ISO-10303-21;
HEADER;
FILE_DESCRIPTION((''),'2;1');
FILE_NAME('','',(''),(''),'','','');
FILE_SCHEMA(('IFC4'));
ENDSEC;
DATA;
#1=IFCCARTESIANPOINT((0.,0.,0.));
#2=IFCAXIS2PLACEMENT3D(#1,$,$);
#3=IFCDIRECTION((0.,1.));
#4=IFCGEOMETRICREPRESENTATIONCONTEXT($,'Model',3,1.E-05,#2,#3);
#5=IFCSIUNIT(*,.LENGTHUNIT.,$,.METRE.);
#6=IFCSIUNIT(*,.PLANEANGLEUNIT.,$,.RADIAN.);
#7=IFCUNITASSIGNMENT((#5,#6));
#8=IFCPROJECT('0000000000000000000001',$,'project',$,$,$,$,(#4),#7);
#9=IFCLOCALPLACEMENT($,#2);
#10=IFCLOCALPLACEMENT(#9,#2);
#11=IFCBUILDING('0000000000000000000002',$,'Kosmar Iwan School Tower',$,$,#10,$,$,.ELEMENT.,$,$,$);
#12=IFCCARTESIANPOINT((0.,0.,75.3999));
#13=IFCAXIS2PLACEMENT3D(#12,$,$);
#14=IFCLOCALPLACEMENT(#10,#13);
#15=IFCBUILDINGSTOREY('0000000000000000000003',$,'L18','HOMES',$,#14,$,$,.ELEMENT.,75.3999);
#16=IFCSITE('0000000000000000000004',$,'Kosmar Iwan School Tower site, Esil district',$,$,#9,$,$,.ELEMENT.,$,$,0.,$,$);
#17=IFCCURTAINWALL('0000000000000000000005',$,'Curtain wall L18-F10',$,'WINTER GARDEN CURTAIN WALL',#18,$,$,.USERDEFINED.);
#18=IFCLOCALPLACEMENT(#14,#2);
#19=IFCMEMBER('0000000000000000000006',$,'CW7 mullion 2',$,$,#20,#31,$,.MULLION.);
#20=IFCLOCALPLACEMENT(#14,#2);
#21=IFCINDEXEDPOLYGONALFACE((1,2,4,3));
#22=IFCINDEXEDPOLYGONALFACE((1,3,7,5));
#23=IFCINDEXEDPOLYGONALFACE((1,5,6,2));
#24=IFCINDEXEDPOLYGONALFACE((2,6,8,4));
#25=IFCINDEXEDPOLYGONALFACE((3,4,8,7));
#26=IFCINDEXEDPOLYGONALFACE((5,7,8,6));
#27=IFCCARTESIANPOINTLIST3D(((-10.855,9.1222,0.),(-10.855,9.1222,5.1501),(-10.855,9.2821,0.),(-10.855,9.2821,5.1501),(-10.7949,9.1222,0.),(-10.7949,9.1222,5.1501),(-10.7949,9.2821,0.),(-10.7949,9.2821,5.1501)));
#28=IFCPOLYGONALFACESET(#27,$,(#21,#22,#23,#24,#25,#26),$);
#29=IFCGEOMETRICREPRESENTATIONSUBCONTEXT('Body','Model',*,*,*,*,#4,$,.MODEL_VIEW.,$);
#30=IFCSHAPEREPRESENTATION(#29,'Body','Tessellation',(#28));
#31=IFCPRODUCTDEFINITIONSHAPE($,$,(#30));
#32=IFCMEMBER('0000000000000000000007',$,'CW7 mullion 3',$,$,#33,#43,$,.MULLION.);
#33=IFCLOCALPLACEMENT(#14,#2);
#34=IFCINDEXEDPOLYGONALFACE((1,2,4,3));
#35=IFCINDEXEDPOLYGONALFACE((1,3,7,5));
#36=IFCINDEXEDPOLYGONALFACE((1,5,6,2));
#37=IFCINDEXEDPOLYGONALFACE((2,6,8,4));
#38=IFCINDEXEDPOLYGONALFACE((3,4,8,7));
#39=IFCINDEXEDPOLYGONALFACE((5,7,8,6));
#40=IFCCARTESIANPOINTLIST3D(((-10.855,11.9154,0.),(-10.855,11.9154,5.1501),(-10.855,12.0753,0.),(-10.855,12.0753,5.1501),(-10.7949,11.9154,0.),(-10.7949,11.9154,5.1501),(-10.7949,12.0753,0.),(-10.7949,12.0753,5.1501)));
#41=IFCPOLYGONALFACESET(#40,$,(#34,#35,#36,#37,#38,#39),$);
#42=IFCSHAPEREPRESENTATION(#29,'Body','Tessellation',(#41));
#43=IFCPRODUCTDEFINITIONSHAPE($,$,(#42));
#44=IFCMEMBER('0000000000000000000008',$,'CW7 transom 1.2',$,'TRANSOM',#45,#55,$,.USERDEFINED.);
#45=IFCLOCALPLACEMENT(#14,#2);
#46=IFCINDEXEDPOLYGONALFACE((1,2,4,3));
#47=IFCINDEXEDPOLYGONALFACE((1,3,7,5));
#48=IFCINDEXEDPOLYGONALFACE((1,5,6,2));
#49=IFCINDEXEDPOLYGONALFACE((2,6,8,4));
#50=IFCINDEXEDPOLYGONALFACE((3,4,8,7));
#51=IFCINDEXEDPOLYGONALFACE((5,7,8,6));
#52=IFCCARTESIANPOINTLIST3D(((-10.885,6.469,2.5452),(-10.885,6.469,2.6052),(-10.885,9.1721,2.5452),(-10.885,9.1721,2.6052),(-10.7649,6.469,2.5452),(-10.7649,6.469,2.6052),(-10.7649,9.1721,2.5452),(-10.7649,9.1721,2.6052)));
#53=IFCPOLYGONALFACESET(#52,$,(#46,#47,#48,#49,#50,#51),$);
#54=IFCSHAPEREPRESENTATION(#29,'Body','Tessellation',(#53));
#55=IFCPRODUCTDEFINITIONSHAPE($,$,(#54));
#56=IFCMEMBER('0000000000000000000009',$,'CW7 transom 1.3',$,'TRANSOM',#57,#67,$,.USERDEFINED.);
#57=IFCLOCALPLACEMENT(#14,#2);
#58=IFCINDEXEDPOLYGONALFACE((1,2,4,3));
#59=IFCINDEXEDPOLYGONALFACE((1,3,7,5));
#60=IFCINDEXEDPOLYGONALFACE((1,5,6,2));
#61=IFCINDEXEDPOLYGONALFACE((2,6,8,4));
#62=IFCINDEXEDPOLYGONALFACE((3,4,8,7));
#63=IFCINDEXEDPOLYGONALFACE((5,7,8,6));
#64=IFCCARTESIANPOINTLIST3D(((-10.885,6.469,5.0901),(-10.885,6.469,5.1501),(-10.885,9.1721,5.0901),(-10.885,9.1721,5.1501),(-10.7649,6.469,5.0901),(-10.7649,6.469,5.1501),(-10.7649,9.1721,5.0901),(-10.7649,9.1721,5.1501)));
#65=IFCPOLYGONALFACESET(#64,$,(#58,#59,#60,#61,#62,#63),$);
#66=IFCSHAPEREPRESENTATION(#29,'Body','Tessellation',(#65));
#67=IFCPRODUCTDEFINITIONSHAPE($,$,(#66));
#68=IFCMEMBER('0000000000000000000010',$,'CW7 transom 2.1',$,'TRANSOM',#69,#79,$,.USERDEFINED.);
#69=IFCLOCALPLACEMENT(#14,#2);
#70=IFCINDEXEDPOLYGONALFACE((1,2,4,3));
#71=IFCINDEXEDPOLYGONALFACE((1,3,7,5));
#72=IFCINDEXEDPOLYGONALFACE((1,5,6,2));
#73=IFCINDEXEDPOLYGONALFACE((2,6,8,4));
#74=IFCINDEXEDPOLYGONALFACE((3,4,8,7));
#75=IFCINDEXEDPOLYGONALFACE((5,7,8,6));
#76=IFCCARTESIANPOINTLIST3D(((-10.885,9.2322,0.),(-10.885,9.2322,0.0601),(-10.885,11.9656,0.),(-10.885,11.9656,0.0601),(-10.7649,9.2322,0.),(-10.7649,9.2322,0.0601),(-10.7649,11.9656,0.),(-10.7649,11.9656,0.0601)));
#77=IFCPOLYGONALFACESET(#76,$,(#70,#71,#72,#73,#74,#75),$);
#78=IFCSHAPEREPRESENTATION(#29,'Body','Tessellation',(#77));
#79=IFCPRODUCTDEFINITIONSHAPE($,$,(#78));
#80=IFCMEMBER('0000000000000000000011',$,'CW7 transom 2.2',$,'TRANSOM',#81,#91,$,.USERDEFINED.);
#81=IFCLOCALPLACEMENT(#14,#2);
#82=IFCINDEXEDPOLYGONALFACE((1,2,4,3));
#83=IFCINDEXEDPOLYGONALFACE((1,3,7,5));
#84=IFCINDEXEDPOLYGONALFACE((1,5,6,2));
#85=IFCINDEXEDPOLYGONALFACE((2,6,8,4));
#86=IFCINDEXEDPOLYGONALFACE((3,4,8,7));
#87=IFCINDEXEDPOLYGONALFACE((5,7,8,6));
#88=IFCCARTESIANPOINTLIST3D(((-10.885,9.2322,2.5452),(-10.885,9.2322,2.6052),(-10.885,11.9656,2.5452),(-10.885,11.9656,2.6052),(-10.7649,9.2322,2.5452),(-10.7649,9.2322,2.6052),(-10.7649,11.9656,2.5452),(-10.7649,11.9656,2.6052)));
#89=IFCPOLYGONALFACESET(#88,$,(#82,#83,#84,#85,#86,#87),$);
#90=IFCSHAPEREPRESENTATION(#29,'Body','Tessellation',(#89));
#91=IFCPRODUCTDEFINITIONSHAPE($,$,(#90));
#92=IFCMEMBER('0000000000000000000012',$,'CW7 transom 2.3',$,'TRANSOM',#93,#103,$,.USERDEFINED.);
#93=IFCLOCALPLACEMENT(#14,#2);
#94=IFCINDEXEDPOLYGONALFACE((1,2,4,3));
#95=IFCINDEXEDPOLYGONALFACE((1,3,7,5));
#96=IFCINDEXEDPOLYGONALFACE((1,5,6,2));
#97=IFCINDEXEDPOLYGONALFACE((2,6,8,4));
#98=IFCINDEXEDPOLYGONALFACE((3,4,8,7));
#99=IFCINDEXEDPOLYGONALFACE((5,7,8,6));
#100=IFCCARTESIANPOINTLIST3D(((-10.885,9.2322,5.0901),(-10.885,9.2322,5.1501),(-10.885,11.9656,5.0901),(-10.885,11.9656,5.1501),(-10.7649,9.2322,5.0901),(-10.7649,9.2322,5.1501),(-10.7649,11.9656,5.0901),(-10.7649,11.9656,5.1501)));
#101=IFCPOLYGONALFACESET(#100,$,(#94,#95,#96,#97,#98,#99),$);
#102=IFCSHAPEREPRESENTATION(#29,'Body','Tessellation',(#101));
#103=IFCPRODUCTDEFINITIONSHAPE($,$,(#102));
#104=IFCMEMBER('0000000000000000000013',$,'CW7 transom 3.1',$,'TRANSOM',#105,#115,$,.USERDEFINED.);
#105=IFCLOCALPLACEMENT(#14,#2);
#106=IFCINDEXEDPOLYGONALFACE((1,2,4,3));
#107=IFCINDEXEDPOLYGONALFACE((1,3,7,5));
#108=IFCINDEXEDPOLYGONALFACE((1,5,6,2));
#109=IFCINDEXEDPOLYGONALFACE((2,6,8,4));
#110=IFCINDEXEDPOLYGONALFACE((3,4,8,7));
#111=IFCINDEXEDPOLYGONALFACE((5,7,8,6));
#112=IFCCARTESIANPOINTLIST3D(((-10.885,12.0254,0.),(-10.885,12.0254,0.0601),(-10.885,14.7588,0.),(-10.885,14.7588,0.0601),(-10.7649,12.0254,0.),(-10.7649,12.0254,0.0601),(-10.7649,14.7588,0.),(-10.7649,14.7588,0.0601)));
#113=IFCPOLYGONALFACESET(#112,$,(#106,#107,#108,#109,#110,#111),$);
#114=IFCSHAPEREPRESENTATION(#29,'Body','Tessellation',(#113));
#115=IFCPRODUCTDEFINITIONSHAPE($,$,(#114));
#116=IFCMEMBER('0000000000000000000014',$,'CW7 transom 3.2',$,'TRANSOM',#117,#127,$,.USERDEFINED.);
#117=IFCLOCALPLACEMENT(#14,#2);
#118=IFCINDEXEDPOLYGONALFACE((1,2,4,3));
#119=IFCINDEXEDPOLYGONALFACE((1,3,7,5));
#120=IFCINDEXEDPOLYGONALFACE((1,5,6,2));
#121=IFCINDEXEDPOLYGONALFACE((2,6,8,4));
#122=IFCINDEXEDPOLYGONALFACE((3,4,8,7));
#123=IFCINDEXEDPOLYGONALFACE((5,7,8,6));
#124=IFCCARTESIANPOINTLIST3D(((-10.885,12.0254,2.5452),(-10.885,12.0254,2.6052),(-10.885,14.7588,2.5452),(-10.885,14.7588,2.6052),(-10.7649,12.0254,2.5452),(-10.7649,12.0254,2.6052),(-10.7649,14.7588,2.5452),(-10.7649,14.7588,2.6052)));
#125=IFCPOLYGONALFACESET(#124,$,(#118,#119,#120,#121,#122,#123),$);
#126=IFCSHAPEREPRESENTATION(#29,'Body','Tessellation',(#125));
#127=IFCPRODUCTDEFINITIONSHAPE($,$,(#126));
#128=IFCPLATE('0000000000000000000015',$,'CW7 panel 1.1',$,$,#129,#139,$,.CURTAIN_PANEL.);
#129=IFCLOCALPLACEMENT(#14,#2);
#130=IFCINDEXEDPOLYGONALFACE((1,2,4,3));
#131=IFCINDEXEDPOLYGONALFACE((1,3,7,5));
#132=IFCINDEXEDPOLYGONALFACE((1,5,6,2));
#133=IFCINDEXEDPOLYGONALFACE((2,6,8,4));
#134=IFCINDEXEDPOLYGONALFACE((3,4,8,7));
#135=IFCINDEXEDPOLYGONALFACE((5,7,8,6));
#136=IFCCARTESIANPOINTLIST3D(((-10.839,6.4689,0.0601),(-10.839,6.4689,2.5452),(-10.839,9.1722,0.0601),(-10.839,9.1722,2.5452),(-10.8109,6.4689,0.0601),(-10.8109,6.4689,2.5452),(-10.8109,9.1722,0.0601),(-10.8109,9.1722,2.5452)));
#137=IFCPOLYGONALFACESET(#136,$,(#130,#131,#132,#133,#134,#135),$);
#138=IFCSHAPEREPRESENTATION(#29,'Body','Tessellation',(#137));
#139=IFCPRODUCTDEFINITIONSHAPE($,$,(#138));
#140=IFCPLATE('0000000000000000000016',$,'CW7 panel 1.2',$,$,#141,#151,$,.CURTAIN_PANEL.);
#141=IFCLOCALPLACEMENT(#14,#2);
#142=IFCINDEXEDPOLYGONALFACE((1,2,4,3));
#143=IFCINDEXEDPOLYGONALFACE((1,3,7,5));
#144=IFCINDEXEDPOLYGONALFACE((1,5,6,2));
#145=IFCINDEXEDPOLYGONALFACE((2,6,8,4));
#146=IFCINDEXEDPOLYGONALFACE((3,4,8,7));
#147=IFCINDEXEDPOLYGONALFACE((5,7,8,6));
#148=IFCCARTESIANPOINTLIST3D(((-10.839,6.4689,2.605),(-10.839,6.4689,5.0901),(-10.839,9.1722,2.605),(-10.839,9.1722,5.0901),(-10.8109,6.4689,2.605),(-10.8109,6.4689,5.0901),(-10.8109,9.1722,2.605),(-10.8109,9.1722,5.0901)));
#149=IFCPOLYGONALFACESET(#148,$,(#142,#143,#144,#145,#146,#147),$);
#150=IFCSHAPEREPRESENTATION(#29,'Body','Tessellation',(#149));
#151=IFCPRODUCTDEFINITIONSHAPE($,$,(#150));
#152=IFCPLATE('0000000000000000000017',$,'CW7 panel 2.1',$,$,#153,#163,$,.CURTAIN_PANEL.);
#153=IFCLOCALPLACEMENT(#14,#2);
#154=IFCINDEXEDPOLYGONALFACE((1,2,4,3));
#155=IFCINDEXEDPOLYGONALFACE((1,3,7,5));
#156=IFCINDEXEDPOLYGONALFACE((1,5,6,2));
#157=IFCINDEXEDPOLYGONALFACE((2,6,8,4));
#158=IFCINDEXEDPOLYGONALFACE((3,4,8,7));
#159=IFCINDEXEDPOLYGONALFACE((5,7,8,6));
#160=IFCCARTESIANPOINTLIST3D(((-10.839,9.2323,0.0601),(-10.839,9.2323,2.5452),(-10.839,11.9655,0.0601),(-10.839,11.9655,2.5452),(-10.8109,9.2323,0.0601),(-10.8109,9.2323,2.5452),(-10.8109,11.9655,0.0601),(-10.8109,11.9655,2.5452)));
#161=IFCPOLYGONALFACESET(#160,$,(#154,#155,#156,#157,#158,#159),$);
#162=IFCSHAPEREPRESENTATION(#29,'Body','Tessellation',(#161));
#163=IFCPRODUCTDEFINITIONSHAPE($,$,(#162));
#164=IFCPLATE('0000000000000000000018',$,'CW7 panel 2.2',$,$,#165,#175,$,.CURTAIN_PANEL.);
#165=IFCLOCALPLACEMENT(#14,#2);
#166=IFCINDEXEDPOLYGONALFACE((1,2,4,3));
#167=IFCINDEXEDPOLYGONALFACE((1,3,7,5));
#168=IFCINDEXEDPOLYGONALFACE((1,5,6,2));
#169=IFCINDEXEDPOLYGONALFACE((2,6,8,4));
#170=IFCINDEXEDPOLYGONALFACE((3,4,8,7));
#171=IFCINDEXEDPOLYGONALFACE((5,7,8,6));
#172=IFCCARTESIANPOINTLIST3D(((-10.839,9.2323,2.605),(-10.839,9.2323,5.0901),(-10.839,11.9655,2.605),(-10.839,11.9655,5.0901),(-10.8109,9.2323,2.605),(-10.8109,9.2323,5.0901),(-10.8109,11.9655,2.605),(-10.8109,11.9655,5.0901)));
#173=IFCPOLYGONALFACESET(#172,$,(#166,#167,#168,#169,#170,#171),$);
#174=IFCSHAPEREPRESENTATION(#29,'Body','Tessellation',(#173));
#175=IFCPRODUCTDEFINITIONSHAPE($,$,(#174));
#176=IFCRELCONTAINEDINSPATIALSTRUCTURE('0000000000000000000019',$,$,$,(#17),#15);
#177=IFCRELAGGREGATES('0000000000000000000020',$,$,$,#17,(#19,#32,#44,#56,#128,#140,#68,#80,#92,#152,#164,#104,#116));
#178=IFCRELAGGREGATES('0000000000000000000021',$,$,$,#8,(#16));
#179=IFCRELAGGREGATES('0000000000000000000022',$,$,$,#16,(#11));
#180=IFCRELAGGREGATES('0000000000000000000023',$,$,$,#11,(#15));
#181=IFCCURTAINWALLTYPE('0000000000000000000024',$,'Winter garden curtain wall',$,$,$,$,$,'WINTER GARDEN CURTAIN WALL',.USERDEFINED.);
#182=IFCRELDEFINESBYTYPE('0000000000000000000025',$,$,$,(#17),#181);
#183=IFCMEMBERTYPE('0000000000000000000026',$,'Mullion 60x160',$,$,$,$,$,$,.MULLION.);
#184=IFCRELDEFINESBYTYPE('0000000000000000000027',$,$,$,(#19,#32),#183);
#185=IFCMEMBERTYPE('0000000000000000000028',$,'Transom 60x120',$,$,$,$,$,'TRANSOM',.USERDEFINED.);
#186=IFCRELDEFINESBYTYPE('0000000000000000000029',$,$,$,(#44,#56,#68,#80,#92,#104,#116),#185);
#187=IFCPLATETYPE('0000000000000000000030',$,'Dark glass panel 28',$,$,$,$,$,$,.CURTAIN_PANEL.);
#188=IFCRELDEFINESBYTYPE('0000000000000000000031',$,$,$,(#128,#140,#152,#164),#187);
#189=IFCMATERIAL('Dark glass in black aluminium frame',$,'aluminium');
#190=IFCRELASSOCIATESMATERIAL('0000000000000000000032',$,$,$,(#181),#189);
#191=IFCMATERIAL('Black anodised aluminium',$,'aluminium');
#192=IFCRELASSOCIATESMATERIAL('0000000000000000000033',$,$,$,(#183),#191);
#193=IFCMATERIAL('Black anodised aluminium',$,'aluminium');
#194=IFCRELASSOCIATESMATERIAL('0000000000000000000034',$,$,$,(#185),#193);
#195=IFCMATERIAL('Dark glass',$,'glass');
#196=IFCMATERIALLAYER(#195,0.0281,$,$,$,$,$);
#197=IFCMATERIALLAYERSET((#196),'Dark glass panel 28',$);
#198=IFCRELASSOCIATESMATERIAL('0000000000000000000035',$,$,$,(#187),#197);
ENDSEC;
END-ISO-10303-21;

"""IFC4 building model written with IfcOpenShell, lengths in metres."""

from ifc_helpers import new_model, si_unit, direction, frame, origin, origin_2d, place, context, subcontext, project, spatial, rectangle, extrude, material, layer, layer_set, material_profile, profile_set, type_object, element, aggregate, save


model = new_model("IFC4")

# Units and contexts
model_context = context("Model", 3, precision=1e-05, world=origin(), true_north=direction((0.0, 1.0)))
body_context = subcontext(model_context, "Body", "Model", "MODEL_VIEW")
ifc_project = project(units=[si_unit("LENGTHUNIT", "METRE"), si_unit("PLANEANGLEUNIT", "RADIAN")], contexts=[model_context])

# Site, building, storey
site_placement = place(None, origin())
site = spatial("IfcSite", under=ifc_project, at=site_placement, Name="Kosmar Iwan School Tower site, Esil district", CompositionType="ELEMENT", RefElevation=0.0)
building_placement = place(site_placement, origin())
building = spatial("IfcBuilding", under=site, at=building_placement, Name="Kosmar Iwan School Tower", CompositionType="ELEMENT")
storey_placement = place(building_placement, frame((0.0, 0.0, 75.3999)))
storey = spatial("IfcBuildingStorey", under=building, at=storey_placement, Name="L18", Description="HOMES", CompositionType="ELEMENT", Elevation=75.3999)

# Curtain wall, members, plates
ifc_material_1 = material(Name="Dark glass in black aluminium frame", Category="aluminium")
curtain_wall_type = type_object("IfcCurtainWallType", Name="Winter garden curtain wall", ElementType="WINTER GARDEN CURTAIN WALL", PredefinedType="USERDEFINED", material=ifc_material_1)
curtain_wall_placement = place(storey_placement, origin())
curtain_wall = element("IfcCurtainWall", 1, at=curtain_wall_placement, inside=storey, type_object=curtain_wall_type, Name="Curtain wall L18-F10", ObjectType="WINTER GARDEN CURTAIN WALL", PredefinedType="USERDEFINED")
ifc_material_2 = material(Name="Black anodised aluminium", Category="aluminium")
ifc_material_profile_1 = material_profile(ifc_material_2, rectangle(XDim=0.0601, YDim=0.1599, at=origin_2d()), Name="MULLION 60x160")
ifc_profile_set_1 = profile_set([ifc_material_profile_1], Name="Black anodised aluminium")
member_type_1 = type_object("IfcMemberType", Name="Mullion 60x160", PredefinedType="MULLION", material=ifc_profile_set_1)
member_1_placement = place(storey_placement, frame((-10.825, 9.2021, 0.0), z_axis=(0.0, 0.0, 1.0), x_axis=(-1.0, 0.0, 0.0)))
member_1 = element("IfcMember", 2, at=member_1_placement, type_object=member_type_1, Name="CW7 mullion 2", PredefinedType="MULLION", context=body_context, shape_type="SweptSolid", body=[
    extrude(rectangle(XDim=0.0601, YDim=0.1599, at=origin_2d()), origin(), (0.0, 0.0, 1.0), 5.1501),
])
member_2_placement = place(storey_placement, frame((-10.825, 11.9954, 0.0), z_axis=(0.0, 0.0, 1.0), x_axis=(-1.0, 0.0, 0.0)))
member_2 = element("IfcMember", 3, at=member_2_placement, type_object=member_type_1, Name="CW7 mullion 3", PredefinedType="MULLION", context=body_context, shape_type="SweptSolid", body=[
    extrude(rectangle(XDim=0.0601, YDim=0.1599, at=origin_2d()), origin(), (0.0, 0.0, 1.0), 5.1501),
])
ifc_material_3 = material(Name="Black anodised aluminium", Category="aluminium")
ifc_material_profile_2 = material_profile(ifc_material_3, rectangle(XDim=0.1201, YDim=0.0601, at=origin_2d()), Name="TRANSOM 60x120")
ifc_profile_set_2 = profile_set([ifc_material_profile_2], Name="Black anodised aluminium")
member_type_2 = type_object("IfcMemberType", Name="Transom 60x120", ElementType="TRANSOM", PredefinedType="USERDEFINED", material=ifc_profile_set_2)
member_3_placement = place(storey_placement, frame((-10.825, 6.469, 2.5752), z_axis=(0.0, 1.0, 0.0), x_axis=(-1.0, 0.0, 0.0)))
member_3 = element("IfcMember", 4, at=member_3_placement, type_object=member_type_2, Name="CW7 transom 1.2", ObjectType="TRANSOM", PredefinedType="USERDEFINED", context=body_context, shape_type="SweptSolid", body=[
    extrude(rectangle(XDim=0.1201, YDim=0.0601, at=origin_2d()), origin(), (0.0, 0.0, 1.0), 2.7031),
])
member_4_placement = place(storey_placement, frame((-10.825, 6.469, 5.1201), z_axis=(0.0, 1.0, 0.0), x_axis=(-1.0, 0.0, 0.0)))
member_4 = element("IfcMember", 5, at=member_4_placement, type_object=member_type_2, Name="CW7 transom 1.3", ObjectType="TRANSOM", PredefinedType="USERDEFINED", context=body_context, shape_type="SweptSolid", body=[
    extrude(rectangle(XDim=0.1201, YDim=0.0601, at=origin_2d()), origin(), (0.0, 0.0, 1.0), 2.7031),
])
member_5_placement = place(storey_placement, frame((-10.825, 9.2322, 0.03), z_axis=(0.0, 1.0, 0.0), x_axis=(-1.0, 0.0, 0.0)))
member_5 = element("IfcMember", 6, at=member_5_placement, type_object=member_type_2, Name="CW7 transom 2.1", ObjectType="TRANSOM", PredefinedType="USERDEFINED", context=body_context, shape_type="SweptSolid", body=[
    extrude(rectangle(XDim=0.1201, YDim=0.0601, at=origin_2d()), origin(), (0.0, 0.0, 1.0), 2.7334),
])
member_6_placement = place(storey_placement, frame((-10.825, 9.2322, 2.5752), z_axis=(0.0, 1.0, 0.0), x_axis=(-1.0, 0.0, 0.0)))
member_6 = element("IfcMember", 7, at=member_6_placement, type_object=member_type_2, Name="CW7 transom 2.2", ObjectType="TRANSOM", PredefinedType="USERDEFINED", context=body_context, shape_type="SweptSolid", body=[
    extrude(rectangle(XDim=0.1201, YDim=0.0601, at=origin_2d()), origin(), (0.0, 0.0, 1.0), 2.7334),
])
member_7_placement = place(storey_placement, frame((-10.825, 9.2322, 5.1201), z_axis=(0.0, 1.0, 0.0), x_axis=(-1.0, 0.0, 0.0)))
member_7 = element("IfcMember", 8, at=member_7_placement, type_object=member_type_2, Name="CW7 transom 2.3", ObjectType="TRANSOM", PredefinedType="USERDEFINED", context=body_context, shape_type="SweptSolid", body=[
    extrude(rectangle(XDim=0.1201, YDim=0.0601, at=origin_2d()), origin(), (0.0, 0.0, 1.0), 2.7334),
])
member_8_placement = place(storey_placement, frame((-10.825, 12.0254, 0.03), z_axis=(0.0, 1.0, 0.0), x_axis=(-1.0, 0.0, 0.0)))
member_8 = element("IfcMember", 9, at=member_8_placement, type_object=member_type_2, Name="CW7 transom 3.1", ObjectType="TRANSOM", PredefinedType="USERDEFINED", context=body_context, shape_type="SweptSolid", body=[
    extrude(rectangle(XDim=0.1201, YDim=0.0601, at=origin_2d()), origin(), (0.0, 0.0, 1.0), 2.7334),
])
member_9_placement = place(storey_placement, frame((-10.825, 12.0254, 2.5752), z_axis=(0.0, 1.0, 0.0), x_axis=(-1.0, 0.0, 0.0)))
member_9 = element("IfcMember", 10, at=member_9_placement, type_object=member_type_2, Name="CW7 transom 3.2", ObjectType="TRANSOM", PredefinedType="USERDEFINED", context=body_context, shape_type="SweptSolid", body=[
    extrude(rectangle(XDim=0.1201, YDim=0.0601, at=origin_2d()), origin(), (0.0, 0.0, 1.0), 2.7334),
])
ifc_material_4 = material(Name="Dark glass", Category="glass")
ifc_layer = layer(ifc_material_4, 0.0281)
ifc_layer_set = layer_set([ifc_layer], Name="Dark glass panel 28")
plate_type = type_object("IfcPlateType", Name="Dark glass panel 28", PredefinedType="CURTAIN_PANEL", material=ifc_layer_set)
plate_1_placement = place(storey_placement, frame((-10.825, 7.8206, 0.0601), z_axis=(0.0, 0.0, 1.0), x_axis=(0.0, 1.0, 0.0)))
plate_1 = element("IfcPlate", 11, at=plate_1_placement, type_object=plate_type, Name="CW7 panel 1.1", PredefinedType="CURTAIN_PANEL", context=body_context, shape_type="SweptSolid", body=[
    extrude(rectangle(XDim=2.7034, YDim=0.0281, at=origin_2d()), origin(), (0.0, 0.0, 1.0), 2.4851),
])
plate_2_placement = place(storey_placement, frame((-10.825, 7.8206, 2.605), z_axis=(0.0, 0.0, 1.0), x_axis=(0.0, 1.0, 0.0)))
plate_2 = element("IfcPlate", 12, at=plate_2_placement, type_object=plate_type, Name="CW7 panel 1.2", PredefinedType="CURTAIN_PANEL", context=body_context, shape_type="SweptSolid", body=[
    extrude(rectangle(XDim=2.7034, YDim=0.0281, at=origin_2d()), origin(), (0.0, 0.0, 1.0), 2.4851),
])
plate_3_placement = place(storey_placement, frame((-10.825, 10.5989, 0.0601), z_axis=(0.0, 0.0, 1.0), x_axis=(0.0, 1.0, 0.0)))
plate_3 = element("IfcPlate", 13, at=plate_3_placement, type_object=plate_type, Name="CW7 panel 2.1", PredefinedType="CURTAIN_PANEL", context=body_context, shape_type="SweptSolid", body=[
    extrude(rectangle(XDim=2.7332, YDim=0.0281, at=origin_2d()), origin(), (0.0, 0.0, 1.0), 2.4851),
])
plate_4_placement = place(storey_placement, frame((-10.825, 10.5989, 2.605), z_axis=(0.0, 0.0, 1.0), x_axis=(0.0, 1.0, 0.0)))
plate_4 = element("IfcPlate", 14, at=plate_4_placement, type_object=plate_type, Name="CW7 panel 2.2", PredefinedType="CURTAIN_PANEL", context=body_context, shape_type="SweptSolid", body=[
    extrude(rectangle(XDim=2.7332, YDim=0.0281, at=origin_2d()), origin(), (0.0, 0.0, 1.0), 2.4851),
])
aggregate(curtain_wall, [member_1, member_2, member_3, member_4, plate_1, plate_2, member_5, member_6, member_7, plate_3, plate_4, member_8, member_9])

save(model, "model.ifc")
